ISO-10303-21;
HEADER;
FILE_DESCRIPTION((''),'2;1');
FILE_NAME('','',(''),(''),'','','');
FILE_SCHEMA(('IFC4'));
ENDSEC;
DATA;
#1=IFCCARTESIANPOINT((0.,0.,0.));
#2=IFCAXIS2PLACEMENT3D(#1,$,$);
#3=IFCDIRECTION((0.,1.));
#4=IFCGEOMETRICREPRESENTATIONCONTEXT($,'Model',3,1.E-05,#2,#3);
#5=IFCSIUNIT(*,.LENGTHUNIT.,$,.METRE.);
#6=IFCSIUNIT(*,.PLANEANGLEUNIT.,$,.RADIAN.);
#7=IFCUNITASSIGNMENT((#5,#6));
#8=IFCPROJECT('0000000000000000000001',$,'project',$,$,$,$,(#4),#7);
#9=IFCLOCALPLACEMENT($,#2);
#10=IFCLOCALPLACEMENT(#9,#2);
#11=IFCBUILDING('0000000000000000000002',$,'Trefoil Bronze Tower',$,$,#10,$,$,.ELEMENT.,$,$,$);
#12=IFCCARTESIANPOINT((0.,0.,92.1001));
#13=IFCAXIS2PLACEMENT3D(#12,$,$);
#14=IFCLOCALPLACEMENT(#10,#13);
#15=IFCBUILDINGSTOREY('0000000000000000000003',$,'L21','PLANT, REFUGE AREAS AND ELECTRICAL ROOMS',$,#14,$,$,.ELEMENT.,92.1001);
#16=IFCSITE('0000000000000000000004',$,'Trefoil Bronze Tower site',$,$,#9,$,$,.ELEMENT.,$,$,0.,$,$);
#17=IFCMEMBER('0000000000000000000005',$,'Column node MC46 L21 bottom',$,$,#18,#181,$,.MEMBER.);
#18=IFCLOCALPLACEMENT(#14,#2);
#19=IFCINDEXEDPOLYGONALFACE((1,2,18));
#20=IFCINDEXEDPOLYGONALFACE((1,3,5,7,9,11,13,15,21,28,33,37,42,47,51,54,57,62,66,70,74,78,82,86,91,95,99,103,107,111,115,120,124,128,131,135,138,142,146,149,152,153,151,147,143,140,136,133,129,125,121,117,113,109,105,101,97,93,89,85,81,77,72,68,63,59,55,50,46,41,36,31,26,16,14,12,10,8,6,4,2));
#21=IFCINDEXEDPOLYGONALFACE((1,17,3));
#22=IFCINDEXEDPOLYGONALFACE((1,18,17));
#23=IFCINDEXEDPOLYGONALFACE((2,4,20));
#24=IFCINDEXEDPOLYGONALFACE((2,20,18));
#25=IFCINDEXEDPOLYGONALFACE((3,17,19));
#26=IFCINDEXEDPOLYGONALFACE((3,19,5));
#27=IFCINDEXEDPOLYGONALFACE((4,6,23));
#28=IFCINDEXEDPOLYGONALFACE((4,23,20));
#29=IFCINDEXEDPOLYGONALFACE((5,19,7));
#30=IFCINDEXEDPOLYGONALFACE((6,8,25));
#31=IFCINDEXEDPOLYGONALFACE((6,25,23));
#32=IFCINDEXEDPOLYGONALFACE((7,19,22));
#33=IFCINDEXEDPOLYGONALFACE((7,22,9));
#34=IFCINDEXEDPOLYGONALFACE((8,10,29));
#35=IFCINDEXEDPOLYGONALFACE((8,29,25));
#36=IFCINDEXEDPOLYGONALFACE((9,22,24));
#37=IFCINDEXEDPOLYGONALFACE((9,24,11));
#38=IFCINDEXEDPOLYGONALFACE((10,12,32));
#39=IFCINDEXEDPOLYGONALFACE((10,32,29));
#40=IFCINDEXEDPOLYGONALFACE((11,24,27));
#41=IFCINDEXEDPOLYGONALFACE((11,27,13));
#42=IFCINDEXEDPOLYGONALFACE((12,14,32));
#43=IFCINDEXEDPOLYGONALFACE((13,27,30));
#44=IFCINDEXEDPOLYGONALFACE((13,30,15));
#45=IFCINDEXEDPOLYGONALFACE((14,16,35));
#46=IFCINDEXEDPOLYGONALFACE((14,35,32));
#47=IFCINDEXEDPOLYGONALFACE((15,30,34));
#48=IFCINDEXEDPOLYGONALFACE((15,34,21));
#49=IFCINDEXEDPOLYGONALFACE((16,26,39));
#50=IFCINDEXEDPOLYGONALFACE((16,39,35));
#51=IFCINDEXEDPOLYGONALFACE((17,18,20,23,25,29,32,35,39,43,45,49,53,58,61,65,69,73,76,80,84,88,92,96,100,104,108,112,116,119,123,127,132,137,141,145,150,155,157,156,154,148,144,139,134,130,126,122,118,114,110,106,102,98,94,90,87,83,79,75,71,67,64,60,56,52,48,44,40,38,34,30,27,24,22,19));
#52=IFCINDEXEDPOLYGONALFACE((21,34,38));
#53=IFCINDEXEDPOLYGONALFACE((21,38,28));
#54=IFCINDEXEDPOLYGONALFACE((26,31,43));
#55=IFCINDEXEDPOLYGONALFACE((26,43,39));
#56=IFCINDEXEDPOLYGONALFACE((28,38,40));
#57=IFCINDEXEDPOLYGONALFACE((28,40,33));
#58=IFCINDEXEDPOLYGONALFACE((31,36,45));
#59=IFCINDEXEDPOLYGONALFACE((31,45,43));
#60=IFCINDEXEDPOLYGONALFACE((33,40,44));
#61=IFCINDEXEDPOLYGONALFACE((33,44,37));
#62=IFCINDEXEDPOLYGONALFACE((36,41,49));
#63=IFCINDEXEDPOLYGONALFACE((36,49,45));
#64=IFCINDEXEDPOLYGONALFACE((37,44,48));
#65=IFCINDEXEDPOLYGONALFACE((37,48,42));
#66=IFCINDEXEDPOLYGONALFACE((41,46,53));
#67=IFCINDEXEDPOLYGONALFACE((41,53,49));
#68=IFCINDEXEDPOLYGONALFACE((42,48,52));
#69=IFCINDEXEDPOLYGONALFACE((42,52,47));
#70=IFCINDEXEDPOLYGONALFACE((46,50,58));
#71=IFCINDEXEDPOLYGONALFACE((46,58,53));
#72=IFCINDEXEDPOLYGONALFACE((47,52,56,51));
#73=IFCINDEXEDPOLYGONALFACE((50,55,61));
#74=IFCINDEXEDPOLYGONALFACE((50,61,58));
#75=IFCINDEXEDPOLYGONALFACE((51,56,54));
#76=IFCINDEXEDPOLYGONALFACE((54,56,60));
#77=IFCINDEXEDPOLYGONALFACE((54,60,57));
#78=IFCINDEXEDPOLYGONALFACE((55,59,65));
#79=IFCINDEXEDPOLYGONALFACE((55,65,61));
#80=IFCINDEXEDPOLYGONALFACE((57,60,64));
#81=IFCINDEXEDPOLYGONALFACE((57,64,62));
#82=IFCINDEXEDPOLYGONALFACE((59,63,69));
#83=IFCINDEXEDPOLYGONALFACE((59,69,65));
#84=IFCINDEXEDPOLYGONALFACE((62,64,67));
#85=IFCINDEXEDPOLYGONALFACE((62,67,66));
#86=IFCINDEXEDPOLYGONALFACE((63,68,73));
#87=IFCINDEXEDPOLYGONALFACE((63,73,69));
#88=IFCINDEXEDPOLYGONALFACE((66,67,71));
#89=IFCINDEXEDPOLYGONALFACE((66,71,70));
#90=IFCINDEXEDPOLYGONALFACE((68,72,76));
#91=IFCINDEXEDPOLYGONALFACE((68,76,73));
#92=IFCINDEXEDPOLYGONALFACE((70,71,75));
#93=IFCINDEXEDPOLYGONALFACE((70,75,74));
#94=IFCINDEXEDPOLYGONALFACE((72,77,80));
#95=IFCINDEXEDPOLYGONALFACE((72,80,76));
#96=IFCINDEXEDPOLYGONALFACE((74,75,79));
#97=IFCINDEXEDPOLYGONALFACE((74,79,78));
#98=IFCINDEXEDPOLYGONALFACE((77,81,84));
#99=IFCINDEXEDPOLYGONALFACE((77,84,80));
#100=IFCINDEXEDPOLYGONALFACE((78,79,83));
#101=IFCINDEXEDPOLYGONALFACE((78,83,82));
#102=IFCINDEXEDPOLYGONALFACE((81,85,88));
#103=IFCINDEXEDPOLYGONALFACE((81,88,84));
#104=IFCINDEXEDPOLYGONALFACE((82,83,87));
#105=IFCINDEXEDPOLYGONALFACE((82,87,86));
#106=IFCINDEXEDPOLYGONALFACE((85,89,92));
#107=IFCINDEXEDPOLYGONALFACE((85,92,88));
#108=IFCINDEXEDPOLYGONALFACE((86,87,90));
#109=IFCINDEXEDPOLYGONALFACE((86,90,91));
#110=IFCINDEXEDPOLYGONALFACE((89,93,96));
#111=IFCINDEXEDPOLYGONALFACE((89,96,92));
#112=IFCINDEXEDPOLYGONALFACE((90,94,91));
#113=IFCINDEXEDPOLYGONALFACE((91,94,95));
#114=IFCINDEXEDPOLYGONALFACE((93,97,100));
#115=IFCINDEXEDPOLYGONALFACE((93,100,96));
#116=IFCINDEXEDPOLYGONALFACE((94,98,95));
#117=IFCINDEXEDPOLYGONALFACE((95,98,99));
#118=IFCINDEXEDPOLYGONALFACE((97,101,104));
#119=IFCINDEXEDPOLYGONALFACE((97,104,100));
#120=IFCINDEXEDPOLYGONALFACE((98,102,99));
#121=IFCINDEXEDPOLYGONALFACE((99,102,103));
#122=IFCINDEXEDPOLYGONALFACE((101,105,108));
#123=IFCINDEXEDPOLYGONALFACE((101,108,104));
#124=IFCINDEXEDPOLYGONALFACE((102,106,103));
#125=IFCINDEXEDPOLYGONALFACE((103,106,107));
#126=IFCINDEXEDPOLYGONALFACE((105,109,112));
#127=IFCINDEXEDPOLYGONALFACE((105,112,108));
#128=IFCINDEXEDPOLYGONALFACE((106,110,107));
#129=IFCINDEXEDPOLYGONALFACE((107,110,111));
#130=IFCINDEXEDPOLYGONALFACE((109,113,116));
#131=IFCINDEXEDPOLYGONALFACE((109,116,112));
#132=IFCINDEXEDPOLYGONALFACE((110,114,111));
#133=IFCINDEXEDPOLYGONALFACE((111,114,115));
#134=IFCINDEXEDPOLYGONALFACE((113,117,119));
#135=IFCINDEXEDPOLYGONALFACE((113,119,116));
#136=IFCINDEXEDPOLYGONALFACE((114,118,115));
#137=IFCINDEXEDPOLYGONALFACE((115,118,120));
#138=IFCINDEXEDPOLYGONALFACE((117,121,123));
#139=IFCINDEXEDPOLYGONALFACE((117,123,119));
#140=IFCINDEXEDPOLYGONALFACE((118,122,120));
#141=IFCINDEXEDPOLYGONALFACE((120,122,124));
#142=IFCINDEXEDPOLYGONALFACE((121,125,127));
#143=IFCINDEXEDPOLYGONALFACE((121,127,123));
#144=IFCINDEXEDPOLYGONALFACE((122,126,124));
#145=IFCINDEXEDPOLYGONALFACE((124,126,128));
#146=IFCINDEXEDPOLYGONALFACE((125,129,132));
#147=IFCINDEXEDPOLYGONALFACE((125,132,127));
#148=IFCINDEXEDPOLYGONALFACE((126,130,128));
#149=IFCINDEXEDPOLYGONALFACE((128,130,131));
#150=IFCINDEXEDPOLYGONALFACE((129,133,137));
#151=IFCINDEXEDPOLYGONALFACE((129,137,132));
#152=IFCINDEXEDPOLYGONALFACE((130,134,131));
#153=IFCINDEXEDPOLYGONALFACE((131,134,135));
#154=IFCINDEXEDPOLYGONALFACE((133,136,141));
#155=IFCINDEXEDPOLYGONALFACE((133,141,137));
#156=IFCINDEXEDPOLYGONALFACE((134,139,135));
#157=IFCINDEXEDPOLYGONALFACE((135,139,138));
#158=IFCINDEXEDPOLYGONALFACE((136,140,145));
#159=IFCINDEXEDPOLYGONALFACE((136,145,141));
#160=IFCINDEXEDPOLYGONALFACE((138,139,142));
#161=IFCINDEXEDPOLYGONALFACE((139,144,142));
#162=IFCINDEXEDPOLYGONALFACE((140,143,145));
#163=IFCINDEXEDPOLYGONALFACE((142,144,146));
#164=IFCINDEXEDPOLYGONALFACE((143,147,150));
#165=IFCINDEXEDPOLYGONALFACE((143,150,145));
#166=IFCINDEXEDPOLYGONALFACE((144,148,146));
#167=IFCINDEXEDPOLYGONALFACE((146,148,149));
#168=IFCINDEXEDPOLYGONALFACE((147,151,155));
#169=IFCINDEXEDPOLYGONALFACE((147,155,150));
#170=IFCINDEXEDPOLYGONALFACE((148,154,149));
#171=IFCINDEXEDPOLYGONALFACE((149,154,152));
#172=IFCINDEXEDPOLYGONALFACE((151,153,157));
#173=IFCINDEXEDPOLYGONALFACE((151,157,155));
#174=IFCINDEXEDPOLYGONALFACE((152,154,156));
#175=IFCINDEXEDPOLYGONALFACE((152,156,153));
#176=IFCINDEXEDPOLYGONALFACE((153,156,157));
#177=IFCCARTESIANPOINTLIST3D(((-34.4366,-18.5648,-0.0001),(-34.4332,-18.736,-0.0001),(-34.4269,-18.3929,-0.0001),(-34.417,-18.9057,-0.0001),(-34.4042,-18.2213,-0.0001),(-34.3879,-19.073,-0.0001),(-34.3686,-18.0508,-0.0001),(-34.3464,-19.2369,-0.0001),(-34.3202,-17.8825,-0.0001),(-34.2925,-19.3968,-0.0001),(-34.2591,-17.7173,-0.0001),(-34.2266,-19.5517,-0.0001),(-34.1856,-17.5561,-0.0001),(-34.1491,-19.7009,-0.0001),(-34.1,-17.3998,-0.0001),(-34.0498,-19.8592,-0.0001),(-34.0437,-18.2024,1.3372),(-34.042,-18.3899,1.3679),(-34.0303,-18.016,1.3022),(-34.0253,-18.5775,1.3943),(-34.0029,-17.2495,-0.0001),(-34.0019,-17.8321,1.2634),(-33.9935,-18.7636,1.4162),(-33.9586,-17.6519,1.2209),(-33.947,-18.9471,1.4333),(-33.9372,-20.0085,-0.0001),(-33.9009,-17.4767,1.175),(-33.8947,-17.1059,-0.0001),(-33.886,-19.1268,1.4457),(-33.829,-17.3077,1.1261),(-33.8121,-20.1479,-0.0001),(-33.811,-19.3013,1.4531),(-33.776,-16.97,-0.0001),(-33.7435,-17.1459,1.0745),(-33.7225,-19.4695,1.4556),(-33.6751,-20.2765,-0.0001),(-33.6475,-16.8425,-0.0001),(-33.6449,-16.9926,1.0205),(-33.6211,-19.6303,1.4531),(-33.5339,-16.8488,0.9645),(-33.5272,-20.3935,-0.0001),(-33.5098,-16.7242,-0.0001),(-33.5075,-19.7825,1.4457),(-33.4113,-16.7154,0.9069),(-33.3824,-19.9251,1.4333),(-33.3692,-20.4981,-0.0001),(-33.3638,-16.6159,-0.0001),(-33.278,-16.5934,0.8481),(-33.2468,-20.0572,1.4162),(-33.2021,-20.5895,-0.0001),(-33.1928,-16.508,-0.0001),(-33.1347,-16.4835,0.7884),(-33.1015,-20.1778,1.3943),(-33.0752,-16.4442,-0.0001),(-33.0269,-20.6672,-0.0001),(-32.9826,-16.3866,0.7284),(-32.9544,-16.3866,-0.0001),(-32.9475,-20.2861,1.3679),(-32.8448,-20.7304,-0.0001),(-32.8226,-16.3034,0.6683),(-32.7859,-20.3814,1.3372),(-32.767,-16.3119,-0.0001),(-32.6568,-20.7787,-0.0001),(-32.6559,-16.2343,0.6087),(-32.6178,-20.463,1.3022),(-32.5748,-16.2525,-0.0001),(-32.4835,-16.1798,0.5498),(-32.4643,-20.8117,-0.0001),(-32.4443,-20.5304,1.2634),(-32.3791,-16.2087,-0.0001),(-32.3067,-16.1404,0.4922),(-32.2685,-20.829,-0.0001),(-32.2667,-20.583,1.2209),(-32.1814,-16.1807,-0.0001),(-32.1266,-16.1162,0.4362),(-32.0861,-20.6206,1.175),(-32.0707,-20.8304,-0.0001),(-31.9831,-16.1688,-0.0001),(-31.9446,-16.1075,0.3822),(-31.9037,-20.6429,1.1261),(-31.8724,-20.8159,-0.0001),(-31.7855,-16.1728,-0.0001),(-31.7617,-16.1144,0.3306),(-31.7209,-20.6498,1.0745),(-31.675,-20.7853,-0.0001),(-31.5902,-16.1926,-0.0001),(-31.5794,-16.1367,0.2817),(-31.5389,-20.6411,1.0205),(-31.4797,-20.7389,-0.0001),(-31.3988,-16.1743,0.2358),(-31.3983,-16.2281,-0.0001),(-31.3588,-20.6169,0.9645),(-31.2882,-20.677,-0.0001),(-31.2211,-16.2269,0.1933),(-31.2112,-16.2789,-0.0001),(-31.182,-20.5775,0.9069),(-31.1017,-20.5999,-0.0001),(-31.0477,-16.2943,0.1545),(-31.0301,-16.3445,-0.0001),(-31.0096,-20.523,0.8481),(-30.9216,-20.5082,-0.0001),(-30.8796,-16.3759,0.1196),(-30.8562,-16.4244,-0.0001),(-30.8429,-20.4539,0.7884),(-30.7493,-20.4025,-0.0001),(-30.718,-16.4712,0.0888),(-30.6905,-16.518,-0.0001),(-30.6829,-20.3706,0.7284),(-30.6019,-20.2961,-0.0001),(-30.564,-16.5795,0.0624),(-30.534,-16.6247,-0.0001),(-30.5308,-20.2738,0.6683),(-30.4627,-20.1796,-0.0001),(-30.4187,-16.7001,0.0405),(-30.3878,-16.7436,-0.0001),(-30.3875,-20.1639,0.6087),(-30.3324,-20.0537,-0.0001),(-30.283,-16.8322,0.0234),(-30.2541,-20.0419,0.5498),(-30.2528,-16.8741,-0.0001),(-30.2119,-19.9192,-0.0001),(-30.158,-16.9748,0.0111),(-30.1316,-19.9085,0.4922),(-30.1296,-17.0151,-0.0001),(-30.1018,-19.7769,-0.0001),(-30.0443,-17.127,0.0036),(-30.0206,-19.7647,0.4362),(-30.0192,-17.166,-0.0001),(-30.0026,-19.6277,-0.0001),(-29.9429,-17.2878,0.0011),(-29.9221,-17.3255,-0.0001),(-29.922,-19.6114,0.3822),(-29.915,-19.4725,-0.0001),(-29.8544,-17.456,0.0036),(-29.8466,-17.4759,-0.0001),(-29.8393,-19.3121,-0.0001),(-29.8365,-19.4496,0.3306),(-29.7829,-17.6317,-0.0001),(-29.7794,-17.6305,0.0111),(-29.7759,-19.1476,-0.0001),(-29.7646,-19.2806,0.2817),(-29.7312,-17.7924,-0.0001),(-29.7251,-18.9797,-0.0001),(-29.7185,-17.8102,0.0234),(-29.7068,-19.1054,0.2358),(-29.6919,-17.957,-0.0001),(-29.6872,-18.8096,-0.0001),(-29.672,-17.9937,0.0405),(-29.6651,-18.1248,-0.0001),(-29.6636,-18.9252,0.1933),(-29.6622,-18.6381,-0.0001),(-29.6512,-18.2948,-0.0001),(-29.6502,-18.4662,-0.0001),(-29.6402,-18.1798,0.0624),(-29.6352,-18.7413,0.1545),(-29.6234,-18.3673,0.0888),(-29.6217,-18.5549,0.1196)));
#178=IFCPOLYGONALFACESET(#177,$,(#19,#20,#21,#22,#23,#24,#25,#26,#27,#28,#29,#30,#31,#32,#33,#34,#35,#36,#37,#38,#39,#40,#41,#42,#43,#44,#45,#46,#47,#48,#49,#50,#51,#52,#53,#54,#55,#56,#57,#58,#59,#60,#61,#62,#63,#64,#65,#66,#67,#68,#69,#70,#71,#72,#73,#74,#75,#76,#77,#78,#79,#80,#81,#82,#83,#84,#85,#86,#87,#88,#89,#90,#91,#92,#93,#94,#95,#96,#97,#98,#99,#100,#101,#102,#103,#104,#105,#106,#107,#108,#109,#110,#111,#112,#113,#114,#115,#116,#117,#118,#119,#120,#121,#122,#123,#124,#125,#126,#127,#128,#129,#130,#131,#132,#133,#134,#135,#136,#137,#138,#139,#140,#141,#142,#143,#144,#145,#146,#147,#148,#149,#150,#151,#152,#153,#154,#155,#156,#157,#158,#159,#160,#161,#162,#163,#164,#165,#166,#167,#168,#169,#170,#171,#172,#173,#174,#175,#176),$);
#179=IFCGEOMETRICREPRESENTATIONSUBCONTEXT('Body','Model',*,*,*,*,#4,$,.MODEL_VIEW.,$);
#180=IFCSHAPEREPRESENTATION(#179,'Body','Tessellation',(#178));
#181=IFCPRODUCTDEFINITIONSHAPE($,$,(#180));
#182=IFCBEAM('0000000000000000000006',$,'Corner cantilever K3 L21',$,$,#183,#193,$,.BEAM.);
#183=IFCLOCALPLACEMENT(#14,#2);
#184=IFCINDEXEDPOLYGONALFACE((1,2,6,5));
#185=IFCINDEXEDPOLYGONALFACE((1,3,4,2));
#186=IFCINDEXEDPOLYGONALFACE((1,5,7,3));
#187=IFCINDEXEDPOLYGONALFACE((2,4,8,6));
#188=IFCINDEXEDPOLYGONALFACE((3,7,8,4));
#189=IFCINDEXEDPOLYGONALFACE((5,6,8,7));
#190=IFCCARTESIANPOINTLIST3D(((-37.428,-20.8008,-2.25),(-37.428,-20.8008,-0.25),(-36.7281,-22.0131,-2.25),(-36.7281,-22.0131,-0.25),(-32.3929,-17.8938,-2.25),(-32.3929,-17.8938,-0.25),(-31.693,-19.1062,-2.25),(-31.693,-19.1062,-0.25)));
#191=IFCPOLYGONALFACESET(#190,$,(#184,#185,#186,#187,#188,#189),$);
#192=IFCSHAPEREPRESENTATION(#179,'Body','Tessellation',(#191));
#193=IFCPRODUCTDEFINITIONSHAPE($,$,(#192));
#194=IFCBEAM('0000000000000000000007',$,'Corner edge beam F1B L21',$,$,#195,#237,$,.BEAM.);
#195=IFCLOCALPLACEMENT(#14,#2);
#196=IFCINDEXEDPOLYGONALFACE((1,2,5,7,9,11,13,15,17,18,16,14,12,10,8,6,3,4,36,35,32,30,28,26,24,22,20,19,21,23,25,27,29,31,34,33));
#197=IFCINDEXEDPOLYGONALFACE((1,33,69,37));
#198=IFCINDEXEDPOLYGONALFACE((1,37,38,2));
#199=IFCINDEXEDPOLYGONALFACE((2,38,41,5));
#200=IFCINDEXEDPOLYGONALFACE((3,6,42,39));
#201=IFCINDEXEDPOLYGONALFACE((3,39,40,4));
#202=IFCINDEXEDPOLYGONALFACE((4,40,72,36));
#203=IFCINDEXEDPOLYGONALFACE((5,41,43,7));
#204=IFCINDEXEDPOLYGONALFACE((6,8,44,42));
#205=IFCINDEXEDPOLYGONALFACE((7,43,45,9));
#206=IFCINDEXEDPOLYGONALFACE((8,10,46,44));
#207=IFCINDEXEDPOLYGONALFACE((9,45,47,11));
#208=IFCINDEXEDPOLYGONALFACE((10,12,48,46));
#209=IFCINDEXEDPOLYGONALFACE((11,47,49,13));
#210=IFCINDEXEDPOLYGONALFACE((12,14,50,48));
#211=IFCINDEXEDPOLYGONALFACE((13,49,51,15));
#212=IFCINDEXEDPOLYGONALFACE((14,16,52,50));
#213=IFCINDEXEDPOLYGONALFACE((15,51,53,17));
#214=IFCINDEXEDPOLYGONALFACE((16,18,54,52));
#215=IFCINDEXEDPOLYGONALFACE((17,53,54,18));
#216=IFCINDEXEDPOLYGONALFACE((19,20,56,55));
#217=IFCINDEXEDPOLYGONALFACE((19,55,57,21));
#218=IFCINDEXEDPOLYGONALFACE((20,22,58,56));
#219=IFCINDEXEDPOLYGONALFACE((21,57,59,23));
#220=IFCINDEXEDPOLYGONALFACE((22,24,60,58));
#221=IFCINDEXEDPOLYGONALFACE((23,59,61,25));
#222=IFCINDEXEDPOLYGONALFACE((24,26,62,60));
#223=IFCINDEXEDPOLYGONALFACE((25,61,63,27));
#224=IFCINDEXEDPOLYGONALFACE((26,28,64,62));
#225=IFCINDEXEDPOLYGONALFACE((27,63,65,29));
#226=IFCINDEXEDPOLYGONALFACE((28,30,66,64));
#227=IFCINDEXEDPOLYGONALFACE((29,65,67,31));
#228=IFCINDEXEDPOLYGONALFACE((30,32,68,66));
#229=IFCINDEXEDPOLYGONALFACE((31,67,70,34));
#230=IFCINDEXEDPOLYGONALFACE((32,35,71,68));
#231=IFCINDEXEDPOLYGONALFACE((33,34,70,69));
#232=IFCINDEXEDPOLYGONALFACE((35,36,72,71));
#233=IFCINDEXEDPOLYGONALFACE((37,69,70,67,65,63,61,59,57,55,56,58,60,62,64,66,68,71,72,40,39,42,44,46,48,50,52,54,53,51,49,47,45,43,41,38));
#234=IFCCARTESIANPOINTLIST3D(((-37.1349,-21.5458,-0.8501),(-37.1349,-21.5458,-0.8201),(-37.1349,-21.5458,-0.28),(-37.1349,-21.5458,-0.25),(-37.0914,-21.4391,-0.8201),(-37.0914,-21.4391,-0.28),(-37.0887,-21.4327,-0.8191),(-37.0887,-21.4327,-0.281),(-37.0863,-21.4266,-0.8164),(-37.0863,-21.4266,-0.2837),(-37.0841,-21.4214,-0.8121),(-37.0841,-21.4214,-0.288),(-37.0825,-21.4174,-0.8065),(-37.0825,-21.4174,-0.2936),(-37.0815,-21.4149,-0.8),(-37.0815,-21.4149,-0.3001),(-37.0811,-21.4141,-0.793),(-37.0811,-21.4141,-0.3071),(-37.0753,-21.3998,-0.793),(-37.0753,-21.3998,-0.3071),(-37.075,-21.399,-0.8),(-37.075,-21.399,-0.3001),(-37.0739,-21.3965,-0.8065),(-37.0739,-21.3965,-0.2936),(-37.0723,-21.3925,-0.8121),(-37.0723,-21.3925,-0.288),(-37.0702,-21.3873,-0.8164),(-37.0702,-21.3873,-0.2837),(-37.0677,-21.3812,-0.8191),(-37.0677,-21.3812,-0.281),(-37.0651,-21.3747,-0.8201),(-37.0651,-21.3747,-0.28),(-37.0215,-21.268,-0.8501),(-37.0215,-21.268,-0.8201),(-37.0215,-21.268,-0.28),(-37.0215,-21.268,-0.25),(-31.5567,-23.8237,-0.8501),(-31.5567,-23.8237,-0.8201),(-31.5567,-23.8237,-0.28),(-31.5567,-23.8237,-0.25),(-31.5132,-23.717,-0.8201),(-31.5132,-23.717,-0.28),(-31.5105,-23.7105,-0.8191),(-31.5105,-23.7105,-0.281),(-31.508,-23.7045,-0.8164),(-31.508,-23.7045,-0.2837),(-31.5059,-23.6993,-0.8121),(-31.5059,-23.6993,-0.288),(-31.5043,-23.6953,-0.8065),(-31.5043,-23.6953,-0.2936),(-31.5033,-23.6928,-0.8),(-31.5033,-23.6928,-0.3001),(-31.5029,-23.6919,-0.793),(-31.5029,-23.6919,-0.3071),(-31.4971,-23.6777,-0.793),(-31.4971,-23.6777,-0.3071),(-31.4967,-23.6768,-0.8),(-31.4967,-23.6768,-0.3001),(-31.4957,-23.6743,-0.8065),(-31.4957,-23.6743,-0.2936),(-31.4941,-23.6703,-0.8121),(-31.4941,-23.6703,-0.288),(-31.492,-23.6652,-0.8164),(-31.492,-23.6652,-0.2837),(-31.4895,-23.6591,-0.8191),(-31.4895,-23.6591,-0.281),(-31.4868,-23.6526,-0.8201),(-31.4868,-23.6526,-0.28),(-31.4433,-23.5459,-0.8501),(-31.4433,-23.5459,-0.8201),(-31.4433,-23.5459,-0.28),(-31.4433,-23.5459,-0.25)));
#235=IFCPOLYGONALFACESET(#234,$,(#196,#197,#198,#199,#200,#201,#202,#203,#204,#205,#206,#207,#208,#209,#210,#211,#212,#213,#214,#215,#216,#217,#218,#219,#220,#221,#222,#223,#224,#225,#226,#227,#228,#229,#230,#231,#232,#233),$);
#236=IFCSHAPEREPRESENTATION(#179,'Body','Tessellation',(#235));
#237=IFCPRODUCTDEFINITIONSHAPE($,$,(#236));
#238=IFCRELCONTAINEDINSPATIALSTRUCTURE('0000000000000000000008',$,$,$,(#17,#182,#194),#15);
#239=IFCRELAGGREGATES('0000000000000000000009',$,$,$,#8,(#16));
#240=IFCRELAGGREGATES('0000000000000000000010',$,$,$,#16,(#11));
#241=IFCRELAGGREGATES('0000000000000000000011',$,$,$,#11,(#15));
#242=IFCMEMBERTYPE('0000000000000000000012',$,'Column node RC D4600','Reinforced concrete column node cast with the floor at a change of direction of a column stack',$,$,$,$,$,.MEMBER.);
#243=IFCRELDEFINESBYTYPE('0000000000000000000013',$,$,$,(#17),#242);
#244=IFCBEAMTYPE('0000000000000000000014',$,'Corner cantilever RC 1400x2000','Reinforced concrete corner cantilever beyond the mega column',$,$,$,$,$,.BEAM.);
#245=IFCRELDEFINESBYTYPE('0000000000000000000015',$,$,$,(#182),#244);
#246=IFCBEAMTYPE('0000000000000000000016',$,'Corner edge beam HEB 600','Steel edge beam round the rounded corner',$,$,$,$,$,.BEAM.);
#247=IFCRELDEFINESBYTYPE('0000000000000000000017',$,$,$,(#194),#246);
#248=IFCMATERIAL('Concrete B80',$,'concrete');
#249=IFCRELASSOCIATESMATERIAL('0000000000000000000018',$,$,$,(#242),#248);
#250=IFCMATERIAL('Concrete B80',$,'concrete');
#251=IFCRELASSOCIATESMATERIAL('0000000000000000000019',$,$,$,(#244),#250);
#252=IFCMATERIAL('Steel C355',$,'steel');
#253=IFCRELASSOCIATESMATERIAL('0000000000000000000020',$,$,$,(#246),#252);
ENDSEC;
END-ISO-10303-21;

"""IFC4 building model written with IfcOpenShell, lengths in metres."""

from ifc_helpers import new_model, si_unit, direction, frame, origin, origin_2d, place, context, subcontext, project, spatial, rectangle, circle, i_section, extrude, clip, halfspace, material, material_profile, profile_set, type_object, element, save


model = new_model("IFC4")

# Units and contexts
model_context = context("Model", 3, precision=1e-05, world=origin(), true_north=direction((0.0, 1.0)))
body_context = subcontext(model_context, "Body", "Model", "MODEL_VIEW")
ifc_project = project(units=[si_unit("LENGTHUNIT", "METRE"), si_unit("PLANEANGLEUNIT", "RADIAN")], contexts=[model_context])

# Site, building, storey
site_placement = place(None, origin())
site = spatial("IfcSite", under=ifc_project, at=site_placement, Name="Trefoil Bronze Tower site", CompositionType="ELEMENT", RefElevation=0.0)
building_placement = place(site_placement, origin())
building = spatial("IfcBuilding", under=site, at=building_placement, Name="Trefoil Bronze Tower", CompositionType="ELEMENT")
storey_placement = place(building_placement, frame((0.0, 0.0, 92.1001)))
storey = spatial("IfcBuildingStorey", under=building, at=storey_placement, Name="L21", Description="PLANT, REFUGE AREAS AND ELECTRICAL ROOMS", CompositionType="ELEMENT", Elevation=92.1001)

# Member
ifc_material_1 = material(Name="Concrete B80", Category="concrete")
ifc_material_profile_1 = material_profile(ifc_material_1, circle(Radius=2.3, at=origin_2d()), Name="RC D4600")
ifc_profile_set_1 = profile_set([ifc_material_profile_1], Name="Concrete B80")
member_type = type_object("IfcMemberType", Name="Column node RC D4600", Description="Reinforced concrete column node cast with the floor at a change of direction of a column stack", PredefinedType="MEMBER", material=ifc_profile_set_1)
member_1_placement = place(storey_placement, frame((-32.2532, -18.6213, -0.7283), z_axis=(0.273829, 0.158064, 0.948701), x_axis=(-0.499926, 0.866068, 0.0)))
element("IfcMember", 1, at=member_1_placement, inside=storey, type_object=member_type, Name="Column node MC46 L21 bottom", PredefinedType="MEMBER", context=body_context, shape_type="Clipping", body=[
    clip(extrude(circle(Radius=2.3, at=origin_2d()), origin(), (0.0, 0.0, 1.0), 1.5354), halfspace(frame((0.0, 0.0, 0.7676), z_axis=(0.0, 0.316175, 0.948701), x_axis=(0.0, 0.948701, -0.316175)), True)),
])

# Beams
ifc_material_2 = material(Name="Concrete B80", Category="concrete")
ifc_material_profile_2 = material_profile(ifc_material_2, rectangle(XDim=1.3999, YDim=2.0, at=origin_2d()), Name="RC 1400x2000")
ifc_profile_set_2 = profile_set([ifc_material_profile_2], Name="Concrete B80")
beam_type_1 = type_object("IfcBeamType", Name="Corner cantilever RC 1400x2000", Description="Reinforced concrete corner cantilever beyond the mega column", PredefinedType="BEAM", material=ifc_profile_set_2)
beam_1_placement = place(storey_placement, frame((-32.043, -18.5, -1.25), z_axis=(-0.86603, -0.499991, 0.0), x_axis=(0.499991, -0.86603, 0.0)))
element("IfcBeam", 2, at=beam_1_placement, inside=storey, type_object=beam_type_1, Name="Corner cantilever K3 L21", PredefinedType="BEAM", context=body_context, shape_type="SweptSolid", body=[
    extrude(rectangle(XDim=1.3999, YDim=2.0, at=origin_2d()), origin(), (0.0, 0.0, 1.0), 5.814),
])
ifc_material_3 = material(Name="Steel C355", Category="steel")
ifc_material_profile_3 = material_profile(ifc_material_3, i_section(OverallWidth=0.3, OverallDepth=0.6001, WebThickness=0.0154, FlangeThickness=0.03, FilletRadius=0.0271, at=origin_2d()), Name="HEB 600")
ifc_profile_set_3 = profile_set([ifc_material_profile_3], Name="Steel C355")
beam_type_2 = type_object("IfcBeamType", Name="Corner edge beam HEB 600", Description="Steel edge beam round the rounded corner", PredefinedType="BEAM", material=ifc_profile_set_3)
beam_2_placement = place(storey_placement, frame((-31.5, -23.6848, -0.55), z_axis=(-0.925787, 0.378046, 0.0), x_axis=(-0.378046, -0.925787, 0.0)))
element("IfcBeam", 3, at=beam_2_placement, inside=storey, type_object=beam_type_2, Name="Corner edge beam F1B L21", PredefinedType="BEAM", context=body_context, shape_type="SweptSolid", body=[
    extrude(i_section(OverallWidth=0.3, OverallDepth=0.6001, WebThickness=0.0154, FlangeThickness=0.03, FilletRadius=0.0271, at=origin_2d()), origin(), (0.0, 0.0, 1.0), 6.0254),
])

save(model, "model.ifc")
